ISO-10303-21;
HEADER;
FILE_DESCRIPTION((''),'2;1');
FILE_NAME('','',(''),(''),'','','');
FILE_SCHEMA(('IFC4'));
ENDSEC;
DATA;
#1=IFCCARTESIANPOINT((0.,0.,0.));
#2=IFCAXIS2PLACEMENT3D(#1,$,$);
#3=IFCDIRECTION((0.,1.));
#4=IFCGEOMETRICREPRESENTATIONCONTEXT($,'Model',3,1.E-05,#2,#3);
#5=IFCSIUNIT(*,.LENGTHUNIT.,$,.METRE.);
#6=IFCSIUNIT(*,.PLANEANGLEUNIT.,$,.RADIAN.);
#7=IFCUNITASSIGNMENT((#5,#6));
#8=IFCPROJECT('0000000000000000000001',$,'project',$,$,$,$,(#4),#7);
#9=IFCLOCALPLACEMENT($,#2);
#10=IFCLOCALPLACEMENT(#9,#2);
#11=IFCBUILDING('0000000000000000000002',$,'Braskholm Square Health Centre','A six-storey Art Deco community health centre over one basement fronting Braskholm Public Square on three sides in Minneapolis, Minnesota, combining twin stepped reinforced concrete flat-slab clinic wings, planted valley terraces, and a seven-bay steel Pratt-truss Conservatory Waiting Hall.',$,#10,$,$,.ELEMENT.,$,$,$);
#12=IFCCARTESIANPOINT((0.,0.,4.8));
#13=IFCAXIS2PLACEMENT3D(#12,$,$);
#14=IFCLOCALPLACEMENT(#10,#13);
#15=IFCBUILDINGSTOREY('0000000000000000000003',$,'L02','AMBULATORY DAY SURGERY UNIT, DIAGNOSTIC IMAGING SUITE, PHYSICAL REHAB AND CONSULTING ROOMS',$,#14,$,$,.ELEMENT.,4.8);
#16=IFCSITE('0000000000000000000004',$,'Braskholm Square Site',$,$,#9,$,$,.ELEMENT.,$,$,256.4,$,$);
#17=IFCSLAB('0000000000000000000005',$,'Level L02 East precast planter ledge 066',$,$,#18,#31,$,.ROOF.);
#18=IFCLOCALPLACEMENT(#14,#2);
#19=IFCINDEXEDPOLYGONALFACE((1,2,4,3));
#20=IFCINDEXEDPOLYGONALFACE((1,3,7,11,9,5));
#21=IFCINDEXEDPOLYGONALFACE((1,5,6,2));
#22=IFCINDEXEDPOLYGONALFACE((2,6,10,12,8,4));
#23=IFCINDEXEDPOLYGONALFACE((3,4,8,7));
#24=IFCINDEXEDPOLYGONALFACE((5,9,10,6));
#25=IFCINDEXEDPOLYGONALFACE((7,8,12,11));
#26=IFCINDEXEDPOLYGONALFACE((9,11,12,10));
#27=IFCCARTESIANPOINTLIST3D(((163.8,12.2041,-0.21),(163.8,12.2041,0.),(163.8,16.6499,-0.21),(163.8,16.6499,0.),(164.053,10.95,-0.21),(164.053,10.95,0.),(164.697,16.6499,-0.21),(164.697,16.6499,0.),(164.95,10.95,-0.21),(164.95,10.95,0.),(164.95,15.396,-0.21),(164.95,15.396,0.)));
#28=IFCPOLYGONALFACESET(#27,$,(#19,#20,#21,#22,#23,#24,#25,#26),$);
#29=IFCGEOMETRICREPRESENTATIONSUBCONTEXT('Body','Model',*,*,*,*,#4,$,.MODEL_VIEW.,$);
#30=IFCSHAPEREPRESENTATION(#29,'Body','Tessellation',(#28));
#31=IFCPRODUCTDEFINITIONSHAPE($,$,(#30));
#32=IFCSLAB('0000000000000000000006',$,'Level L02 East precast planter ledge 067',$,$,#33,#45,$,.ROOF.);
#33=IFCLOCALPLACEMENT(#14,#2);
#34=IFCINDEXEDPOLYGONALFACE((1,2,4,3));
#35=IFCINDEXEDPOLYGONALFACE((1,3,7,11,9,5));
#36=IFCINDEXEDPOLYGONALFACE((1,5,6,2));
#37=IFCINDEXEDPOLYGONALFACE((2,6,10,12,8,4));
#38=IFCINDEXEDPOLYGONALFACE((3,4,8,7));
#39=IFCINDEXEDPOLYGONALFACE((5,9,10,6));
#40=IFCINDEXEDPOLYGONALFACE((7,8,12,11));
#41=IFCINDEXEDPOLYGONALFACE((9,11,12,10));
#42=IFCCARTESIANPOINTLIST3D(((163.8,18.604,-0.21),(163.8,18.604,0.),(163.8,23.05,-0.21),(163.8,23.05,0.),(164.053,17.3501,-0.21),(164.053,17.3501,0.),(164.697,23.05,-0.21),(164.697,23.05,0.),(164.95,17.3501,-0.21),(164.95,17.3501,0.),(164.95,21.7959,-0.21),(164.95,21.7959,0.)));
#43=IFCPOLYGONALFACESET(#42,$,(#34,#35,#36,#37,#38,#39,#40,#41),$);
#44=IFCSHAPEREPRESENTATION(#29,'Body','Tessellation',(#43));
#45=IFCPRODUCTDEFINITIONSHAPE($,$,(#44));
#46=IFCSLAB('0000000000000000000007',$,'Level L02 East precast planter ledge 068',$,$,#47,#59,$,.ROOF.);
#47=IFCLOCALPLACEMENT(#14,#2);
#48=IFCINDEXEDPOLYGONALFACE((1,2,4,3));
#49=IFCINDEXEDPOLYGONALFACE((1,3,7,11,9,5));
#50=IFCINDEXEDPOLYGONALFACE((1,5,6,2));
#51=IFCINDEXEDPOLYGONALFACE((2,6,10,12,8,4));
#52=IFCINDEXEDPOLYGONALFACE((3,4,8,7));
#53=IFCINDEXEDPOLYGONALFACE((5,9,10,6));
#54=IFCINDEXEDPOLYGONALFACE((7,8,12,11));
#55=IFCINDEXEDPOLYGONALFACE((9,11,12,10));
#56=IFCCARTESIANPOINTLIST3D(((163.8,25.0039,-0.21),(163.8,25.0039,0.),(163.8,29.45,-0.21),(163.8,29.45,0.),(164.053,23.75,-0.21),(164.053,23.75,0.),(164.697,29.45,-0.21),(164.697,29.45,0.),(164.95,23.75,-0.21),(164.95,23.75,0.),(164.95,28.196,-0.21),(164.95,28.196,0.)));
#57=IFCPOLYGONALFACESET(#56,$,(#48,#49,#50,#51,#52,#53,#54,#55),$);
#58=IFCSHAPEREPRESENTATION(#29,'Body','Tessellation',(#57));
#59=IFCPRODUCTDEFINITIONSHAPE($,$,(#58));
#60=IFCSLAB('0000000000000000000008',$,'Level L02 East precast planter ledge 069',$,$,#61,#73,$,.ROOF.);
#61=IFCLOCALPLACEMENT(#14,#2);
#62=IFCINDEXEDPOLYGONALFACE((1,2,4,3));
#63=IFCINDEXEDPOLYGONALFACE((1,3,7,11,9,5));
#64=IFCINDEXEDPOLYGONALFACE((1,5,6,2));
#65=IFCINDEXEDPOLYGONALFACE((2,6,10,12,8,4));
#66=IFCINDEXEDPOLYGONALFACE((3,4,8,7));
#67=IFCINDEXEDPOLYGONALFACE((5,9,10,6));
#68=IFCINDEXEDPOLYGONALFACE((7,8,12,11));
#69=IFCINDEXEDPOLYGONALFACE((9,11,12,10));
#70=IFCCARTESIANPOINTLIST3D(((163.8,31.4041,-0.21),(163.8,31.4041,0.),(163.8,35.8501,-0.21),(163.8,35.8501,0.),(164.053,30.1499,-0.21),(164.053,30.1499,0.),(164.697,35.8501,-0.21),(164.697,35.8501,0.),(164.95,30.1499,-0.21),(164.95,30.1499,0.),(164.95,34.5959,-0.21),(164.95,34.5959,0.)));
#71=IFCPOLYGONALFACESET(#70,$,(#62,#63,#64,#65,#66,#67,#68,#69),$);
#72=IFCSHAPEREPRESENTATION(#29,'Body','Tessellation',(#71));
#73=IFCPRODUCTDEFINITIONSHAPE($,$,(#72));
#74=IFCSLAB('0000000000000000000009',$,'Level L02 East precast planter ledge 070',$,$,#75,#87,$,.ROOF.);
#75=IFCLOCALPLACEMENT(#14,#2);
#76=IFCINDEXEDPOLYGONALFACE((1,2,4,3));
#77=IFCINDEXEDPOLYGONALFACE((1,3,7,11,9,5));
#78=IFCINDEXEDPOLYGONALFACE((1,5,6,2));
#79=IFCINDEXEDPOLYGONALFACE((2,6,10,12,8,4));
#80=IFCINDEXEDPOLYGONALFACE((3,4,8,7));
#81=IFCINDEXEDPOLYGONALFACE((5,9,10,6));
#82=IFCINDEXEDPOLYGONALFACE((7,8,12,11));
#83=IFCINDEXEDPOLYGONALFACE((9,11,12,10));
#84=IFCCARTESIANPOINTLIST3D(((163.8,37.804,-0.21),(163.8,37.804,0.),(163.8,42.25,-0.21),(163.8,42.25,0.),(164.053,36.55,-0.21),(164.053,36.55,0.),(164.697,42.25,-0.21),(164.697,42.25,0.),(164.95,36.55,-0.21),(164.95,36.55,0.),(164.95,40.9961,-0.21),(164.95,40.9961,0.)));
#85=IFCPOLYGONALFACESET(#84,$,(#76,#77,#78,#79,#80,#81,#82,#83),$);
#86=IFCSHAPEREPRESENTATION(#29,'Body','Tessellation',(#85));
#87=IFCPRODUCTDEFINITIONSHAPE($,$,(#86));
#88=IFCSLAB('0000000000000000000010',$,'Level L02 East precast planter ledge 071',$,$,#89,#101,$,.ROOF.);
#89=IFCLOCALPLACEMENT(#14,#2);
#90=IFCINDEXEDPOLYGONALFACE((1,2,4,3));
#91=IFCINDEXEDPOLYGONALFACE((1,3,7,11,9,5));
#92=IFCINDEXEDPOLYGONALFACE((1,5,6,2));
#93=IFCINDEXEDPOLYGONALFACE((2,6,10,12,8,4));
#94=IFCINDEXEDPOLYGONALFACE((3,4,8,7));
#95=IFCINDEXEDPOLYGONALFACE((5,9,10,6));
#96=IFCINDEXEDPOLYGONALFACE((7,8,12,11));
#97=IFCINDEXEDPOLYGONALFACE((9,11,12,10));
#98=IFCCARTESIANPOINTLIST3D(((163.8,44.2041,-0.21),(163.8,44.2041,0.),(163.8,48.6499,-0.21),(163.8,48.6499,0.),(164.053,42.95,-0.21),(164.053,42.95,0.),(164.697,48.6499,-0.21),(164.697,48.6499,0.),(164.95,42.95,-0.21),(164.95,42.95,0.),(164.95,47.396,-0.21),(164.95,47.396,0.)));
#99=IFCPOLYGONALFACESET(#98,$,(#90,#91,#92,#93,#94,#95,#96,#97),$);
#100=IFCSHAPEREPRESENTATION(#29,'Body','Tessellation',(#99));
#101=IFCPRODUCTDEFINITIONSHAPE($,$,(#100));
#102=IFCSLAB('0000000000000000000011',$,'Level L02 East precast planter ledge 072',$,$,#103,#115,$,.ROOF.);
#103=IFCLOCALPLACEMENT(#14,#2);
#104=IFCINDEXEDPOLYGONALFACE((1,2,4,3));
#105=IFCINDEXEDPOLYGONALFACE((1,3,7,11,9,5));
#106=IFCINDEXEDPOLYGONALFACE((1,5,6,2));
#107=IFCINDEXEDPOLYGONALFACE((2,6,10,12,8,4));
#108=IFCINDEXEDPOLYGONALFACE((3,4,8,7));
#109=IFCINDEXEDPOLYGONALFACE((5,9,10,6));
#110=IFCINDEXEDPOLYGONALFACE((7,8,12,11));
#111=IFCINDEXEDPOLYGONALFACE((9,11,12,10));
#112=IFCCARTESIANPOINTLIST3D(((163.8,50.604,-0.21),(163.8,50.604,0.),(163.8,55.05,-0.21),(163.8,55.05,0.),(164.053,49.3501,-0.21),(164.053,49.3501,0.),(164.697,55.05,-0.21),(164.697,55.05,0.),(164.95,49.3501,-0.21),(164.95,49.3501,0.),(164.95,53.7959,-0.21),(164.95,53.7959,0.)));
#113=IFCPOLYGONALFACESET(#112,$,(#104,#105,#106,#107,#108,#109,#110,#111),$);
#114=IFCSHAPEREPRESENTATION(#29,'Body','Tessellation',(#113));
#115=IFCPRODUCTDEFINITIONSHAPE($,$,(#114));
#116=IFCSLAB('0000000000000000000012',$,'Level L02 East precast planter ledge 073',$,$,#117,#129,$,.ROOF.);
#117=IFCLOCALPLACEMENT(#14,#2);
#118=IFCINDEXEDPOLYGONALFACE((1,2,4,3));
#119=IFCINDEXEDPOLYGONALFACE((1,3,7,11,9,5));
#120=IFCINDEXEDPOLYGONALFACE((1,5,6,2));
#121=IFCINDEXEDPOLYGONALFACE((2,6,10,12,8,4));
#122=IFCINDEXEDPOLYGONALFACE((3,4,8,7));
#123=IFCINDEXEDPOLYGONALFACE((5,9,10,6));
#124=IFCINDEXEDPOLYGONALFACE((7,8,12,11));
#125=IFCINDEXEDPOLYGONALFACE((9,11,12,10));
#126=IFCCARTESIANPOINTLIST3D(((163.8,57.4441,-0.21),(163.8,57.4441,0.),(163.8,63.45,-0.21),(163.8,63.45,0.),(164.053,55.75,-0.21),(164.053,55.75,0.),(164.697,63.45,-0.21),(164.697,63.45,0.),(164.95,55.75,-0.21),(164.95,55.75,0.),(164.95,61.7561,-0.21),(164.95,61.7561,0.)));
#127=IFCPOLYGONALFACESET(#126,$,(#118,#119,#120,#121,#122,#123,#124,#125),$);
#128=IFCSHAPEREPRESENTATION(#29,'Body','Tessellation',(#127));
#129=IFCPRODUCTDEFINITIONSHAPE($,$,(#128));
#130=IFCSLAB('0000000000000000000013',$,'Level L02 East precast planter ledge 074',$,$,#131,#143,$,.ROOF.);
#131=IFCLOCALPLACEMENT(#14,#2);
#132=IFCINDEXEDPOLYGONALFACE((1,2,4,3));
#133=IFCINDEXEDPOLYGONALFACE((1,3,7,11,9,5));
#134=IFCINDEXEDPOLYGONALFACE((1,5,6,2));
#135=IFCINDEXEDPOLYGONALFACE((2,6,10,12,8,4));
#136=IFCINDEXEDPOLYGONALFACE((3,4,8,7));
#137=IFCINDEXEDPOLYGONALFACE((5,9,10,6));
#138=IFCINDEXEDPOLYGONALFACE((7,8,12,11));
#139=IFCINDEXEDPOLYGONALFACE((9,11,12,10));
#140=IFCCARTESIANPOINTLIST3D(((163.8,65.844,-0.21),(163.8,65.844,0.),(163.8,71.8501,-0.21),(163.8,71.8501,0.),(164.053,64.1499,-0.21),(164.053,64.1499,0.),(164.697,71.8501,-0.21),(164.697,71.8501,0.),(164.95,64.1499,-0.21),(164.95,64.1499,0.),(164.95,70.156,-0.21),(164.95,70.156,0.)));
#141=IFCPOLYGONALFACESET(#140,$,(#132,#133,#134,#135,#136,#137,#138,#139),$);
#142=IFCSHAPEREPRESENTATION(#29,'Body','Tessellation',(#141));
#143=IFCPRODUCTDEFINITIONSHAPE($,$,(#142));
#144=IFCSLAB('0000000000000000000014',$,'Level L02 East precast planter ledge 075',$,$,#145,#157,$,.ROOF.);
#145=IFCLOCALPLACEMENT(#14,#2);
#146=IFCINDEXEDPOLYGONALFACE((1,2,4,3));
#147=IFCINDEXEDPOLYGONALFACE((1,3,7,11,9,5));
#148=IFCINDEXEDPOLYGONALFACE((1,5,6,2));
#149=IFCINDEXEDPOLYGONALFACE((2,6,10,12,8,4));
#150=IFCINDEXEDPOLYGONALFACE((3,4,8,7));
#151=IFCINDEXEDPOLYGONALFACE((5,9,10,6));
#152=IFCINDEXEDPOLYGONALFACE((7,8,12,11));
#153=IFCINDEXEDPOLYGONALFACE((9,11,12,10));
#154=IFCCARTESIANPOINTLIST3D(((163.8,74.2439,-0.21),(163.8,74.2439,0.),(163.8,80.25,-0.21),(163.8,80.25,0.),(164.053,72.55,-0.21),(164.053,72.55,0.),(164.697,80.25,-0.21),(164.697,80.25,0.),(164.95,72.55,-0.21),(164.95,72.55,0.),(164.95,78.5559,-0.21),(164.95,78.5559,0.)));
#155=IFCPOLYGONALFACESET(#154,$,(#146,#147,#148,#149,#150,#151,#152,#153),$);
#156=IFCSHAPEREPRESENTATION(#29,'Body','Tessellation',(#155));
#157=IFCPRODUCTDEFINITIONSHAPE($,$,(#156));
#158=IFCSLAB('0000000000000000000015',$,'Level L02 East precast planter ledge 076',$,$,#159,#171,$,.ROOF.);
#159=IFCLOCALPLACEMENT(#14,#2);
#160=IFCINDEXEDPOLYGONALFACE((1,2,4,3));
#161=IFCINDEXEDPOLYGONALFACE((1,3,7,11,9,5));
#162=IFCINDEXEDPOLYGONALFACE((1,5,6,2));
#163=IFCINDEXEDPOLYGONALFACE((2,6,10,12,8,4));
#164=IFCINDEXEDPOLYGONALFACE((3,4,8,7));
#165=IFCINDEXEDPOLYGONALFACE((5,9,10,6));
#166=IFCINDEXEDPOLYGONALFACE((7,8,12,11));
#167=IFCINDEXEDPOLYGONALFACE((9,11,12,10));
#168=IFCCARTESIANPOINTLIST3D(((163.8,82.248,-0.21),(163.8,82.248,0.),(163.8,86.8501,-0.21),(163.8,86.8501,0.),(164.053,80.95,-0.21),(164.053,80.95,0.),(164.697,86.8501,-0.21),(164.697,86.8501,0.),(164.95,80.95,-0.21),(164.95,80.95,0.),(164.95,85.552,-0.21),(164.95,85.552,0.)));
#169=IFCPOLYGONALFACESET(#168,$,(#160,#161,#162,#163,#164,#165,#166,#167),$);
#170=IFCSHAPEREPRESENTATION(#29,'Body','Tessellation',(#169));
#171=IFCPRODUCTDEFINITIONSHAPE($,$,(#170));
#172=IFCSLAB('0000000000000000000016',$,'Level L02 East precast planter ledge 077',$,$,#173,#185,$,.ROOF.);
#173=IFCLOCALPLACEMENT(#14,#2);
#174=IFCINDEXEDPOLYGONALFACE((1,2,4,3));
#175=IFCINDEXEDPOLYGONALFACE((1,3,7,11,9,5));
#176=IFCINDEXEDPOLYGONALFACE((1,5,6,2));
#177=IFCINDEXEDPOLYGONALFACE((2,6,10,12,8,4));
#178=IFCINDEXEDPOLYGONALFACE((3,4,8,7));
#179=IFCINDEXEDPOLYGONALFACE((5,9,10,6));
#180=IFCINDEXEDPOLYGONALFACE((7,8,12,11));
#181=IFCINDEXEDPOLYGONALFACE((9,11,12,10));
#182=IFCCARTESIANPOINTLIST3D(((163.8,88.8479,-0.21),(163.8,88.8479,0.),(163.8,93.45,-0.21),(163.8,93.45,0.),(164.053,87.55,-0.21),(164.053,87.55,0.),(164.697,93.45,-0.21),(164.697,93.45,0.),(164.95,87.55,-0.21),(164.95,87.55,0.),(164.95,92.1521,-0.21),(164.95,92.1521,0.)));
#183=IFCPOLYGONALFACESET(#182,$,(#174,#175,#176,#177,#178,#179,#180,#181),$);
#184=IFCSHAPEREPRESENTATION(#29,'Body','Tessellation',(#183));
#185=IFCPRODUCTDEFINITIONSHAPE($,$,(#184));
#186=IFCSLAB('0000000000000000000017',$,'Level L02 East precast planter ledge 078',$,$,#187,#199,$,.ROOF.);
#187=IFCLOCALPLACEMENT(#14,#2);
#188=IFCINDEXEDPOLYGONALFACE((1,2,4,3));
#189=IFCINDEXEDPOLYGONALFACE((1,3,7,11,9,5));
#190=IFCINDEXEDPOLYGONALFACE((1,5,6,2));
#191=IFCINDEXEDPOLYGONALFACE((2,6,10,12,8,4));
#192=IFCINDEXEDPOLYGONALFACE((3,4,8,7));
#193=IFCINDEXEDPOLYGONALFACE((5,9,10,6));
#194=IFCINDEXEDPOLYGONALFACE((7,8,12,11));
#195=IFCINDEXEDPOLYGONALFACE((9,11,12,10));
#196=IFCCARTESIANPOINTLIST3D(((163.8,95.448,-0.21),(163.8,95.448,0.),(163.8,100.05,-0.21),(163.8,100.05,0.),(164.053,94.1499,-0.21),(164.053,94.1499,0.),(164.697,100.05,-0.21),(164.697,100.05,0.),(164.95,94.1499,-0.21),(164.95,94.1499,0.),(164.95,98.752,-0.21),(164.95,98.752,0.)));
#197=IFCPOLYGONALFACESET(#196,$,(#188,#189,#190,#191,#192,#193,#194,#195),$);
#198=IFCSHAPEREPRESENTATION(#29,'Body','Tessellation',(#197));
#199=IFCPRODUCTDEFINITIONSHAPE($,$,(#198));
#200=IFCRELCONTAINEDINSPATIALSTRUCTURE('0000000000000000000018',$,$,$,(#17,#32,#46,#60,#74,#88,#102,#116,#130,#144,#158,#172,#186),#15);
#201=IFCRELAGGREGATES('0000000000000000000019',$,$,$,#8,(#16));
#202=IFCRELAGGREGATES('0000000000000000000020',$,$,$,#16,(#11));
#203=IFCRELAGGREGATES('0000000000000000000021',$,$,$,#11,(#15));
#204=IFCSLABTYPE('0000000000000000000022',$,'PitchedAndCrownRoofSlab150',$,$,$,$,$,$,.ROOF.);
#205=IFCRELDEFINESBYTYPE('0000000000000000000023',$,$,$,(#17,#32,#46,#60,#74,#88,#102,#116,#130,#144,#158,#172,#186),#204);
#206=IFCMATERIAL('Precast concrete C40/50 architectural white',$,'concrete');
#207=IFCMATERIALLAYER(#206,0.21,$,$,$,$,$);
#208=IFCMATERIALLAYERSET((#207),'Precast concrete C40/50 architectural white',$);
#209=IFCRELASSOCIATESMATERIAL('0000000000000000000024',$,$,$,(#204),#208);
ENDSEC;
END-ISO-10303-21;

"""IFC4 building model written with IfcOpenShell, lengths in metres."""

from ifc_helpers import new_model, si_unit, direction, frame, origin, place, context, subcontext, project, spatial, polyline, outline, extrude, material, layer, layer_set, type_object, element, save


model = new_model("IFC4")

# Units and contexts
model_context = context("Model", 3, precision=1e-05, world=origin(), true_north=direction((0.0, 1.0)))
body_context = subcontext(model_context, "Body", "Model", "MODEL_VIEW")
ifc_project = project(units=[si_unit("LENGTHUNIT", "METRE"), si_unit("PLANEANGLEUNIT", "RADIAN")], contexts=[model_context])

# Site, building, storey
site_placement = place(None, origin())
site = spatial("IfcSite", under=ifc_project, at=site_placement, Name="Braskholm Square Site", CompositionType="ELEMENT", RefElevation=256.4)
building_placement = place(site_placement, origin())
building = spatial("IfcBuilding", under=site, at=building_placement, Name="Braskholm Square Health Centre", Description="A six-storey Art Deco community health centre over one basement fronting Braskholm Public Square on three sides in Minneapolis, Minnesota, combining twin stepped reinforced concrete flat-slab clinic wings, planted valley terraces, and a seven-bay steel Pratt-truss Conservatory Waiting Hall.", CompositionType="ELEMENT")
storey_placement = place(building_placement, frame((0.0, 0.0, 4.8)))
storey = spatial("IfcBuildingStorey", under=building, at=storey_placement, Name="L02", Description="AMBULATORY DAY SURGERY UNIT, DIAGNOSTIC IMAGING SUITE, PHYSICAL REHAB AND CONSULTING ROOMS", CompositionType="ELEMENT", Elevation=4.8)

# Slabs
ifc_material_1 = material(Name="Precast concrete C40/50 architectural white", Category="concrete")
ifc_layer_1 = layer(ifc_material_1, 0.21)
ifc_layer_set_1 = layer_set([ifc_layer_1], Name="Precast concrete C40/50 architectural white")
slab_type_1 = type_object("IfcSlabType", Name="PitchedAndCrownRoofSlab150", PredefinedType="ROOF", material=ifc_layer_set_1)
slab_1_placement = place(storey_placement, frame((0.0, 0.0, -0.21)))
element("IfcSlab", 1, at=slab_1_placement, inside=storey, type_object=slab_type_1, Name="Level L02 East precast planter ledge 066", PredefinedType="ROOF", context=body_context, shape_type="SweptSolid", body=[
    extrude(outline(polyline([(164.053, 10.95), (164.95, 10.95), (164.95, 15.396), (164.697, 16.6499), (163.8, 16.6499), (163.8, 12.2041), (164.053, 10.95)])), origin(), (0.0, 0.0, 1.0), 0.21),
])
slab_2_placement = place(storey_placement, frame((0.0, 0.0, -0.21)))
element("IfcSlab", 2, at=slab_2_placement, inside=storey, type_object=slab_type_1, Name="Level L02 East precast planter ledge 067", PredefinedType="ROOF", context=body_context, shape_type="SweptSolid", body=[
    extrude(outline(polyline([(164.053, 17.3501), (164.95, 17.3501), (164.95, 21.7959), (164.697, 23.05), (163.8, 23.05), (163.8, 18.604), (164.053, 17.3501)])), origin(), (0.0, 0.0, 1.0), 0.21),
])
slab_3_placement = place(storey_placement, frame((0.0, 0.0, -0.21)))
element("IfcSlab", 3, at=slab_3_placement, inside=storey, type_object=slab_type_1, Name="Level L02 East precast planter ledge 068", PredefinedType="ROOF", context=body_context, shape_type="SweptSolid", body=[
    extrude(outline(polyline([(164.053, 23.75), (164.95, 23.75), (164.95, 28.196), (164.697, 29.45), (163.8, 29.45), (163.8, 25.0039), (164.053, 23.75)])), origin(), (0.0, 0.0, 1.0), 0.21),
])
slab_4_placement = place(storey_placement, frame((0.0, 0.0, -0.21)))
element("IfcSlab", 4, at=slab_4_placement, inside=storey, type_object=slab_type_1, Name="Level L02 East precast planter ledge 069", PredefinedType="ROOF", context=body_context, shape_type="SweptSolid", body=[
    extrude(outline(polyline([(164.053, 30.1499), (164.95, 30.1499), (164.95, 34.5959), (164.697, 35.8501), (163.8, 35.8501), (163.8, 31.4041), (164.053, 30.1499)])), origin(), (0.0, 0.0, 1.0), 0.21),
])
slab_5_placement = place(storey_placement, frame((0.0, 0.0, -0.21)))
element("IfcSlab", 5, at=slab_5_placement, inside=storey, type_object=slab_type_1, Name="Level L02 East precast planter ledge 070", PredefinedType="ROOF", context=body_context, shape_type="SweptSolid", body=[
    extrude(outline(polyline([(164.053, 36.55), (164.95, 36.55), (164.95, 40.9961), (164.697, 42.25), (163.8, 42.25), (163.8, 37.804), (164.053, 36.55)])), origin(), (0.0, 0.0, 1.0), 0.21),
])
slab_6_placement = place(storey_placement, frame((0.0, 0.0, -0.21)))
element("IfcSlab", 6, at=slab_6_placement, inside=storey, type_object=slab_type_1, Name="Level L02 East precast planter ledge 071", PredefinedType="ROOF", context=body_context, shape_type="SweptSolid", body=[
    extrude(outline(polyline([(164.053, 42.95), (164.95, 42.95), (164.95, 47.396), (164.697, 48.6499), (163.8, 48.6499), (163.8, 44.2041), (164.053, 42.95)])), origin(), (0.0, 0.0, 1.0), 0.21),
])
slab_7_placement = place(storey_placement, frame((0.0, 0.0, -0.21)))
element("IfcSlab", 7, at=slab_7_placement, inside=storey, type_object=slab_type_1, Name="Level L02 East precast planter ledge 072", PredefinedType="ROOF", context=body_context, shape_type="SweptSolid", body=[
    extrude(outline(polyline([(164.053, 49.3501), (164.95, 49.3501), (164.95, 53.7959), (164.697, 55.05), (163.8, 55.05), (163.8, 50.604), (164.053, 49.3501)])), origin(), (0.0, 0.0, 1.0), 0.21),
])
slab_8_placement = place(storey_placement, frame((0.0, 0.0, -0.21)))
element("IfcSlab", 8, at=slab_8_placement, inside=storey, type_object=slab_type_1, Name="Level L02 East precast planter ledge 073", PredefinedType="ROOF", context=body_context, shape_type="SweptSolid", body=[
    extrude(outline(polyline([(164.053, 55.75), (164.95, 55.75), (164.95, 61.7561), (164.697, 63.45), (163.8, 63.45), (163.8, 57.4441), (164.053, 55.75)])), origin(), (0.0, 0.0, 1.0), 0.21),
])
slab_9_placement = place(storey_placement, frame((0.0, 0.0, -0.21)))
element("IfcSlab", 9, at=slab_9_placement, inside=storey, type_object=slab_type_1, Name="Level L02 East precast planter ledge 074", PredefinedType="ROOF", context=body_context, shape_type="SweptSolid", body=[
    extrude(outline(polyline([(164.053, 64.1499), (164.95, 64.1499), (164.95, 70.156), (164.697, 71.8501), (163.8, 71.8501), (163.8, 65.844), (164.053, 64.1499)])), origin(), (0.0, 0.0, 1.0), 0.21),
])
slab_10_placement = place(storey_placement, frame((0.0, 0.0, -0.21)))
element("IfcSlab", 10, at=slab_10_placement, inside=storey, type_object=slab_type_1, Name="Level L02 East precast planter ledge 075", PredefinedType="ROOF", context=body_context, shape_type="SweptSolid", body=[
    extrude(outline(polyline([(164.053, 72.55), (164.95, 72.55), (164.95, 78.5559), (164.697, 80.25), (163.8, 80.25), (163.8, 74.2439), (164.053, 72.55)])), origin(), (0.0, 0.0, 1.0), 0.21),
])
slab_11_placement = place(storey_placement, frame((0.0, 0.0, -0.21)))
element("IfcSlab", 11, at=slab_11_placement, inside=storey, type_object=slab_type_1, Name="Level L02 East precast planter ledge 076", PredefinedType="ROOF", context=body_context, shape_type="SweptSolid", body=[
    extrude(outline(polyline([(164.053, 80.95), (164.95, 80.95), (164.95, 85.552), (164.697, 86.8501), (163.8, 86.8501), (163.8, 82.248), (164.053, 80.95)])), origin(), (0.0, 0.0, 1.0), 0.21),
])
slab_12_placement = place(storey_placement, frame((0.0, 0.0, -0.21)))
element("IfcSlab", 12, at=slab_12_placement, inside=storey, type_object=slab_type_1, Name="Level L02 East precast planter ledge 077", PredefinedType="ROOF", context=body_context, shape_type="SweptSolid", body=[
    extrude(outline(polyline([(164.053, 87.55), (164.95, 87.55), (164.95, 92.1521), (164.697, 93.45), (163.8, 93.45), (163.8, 88.8479), (164.053, 87.55)])), origin(), (0.0, 0.0, 1.0), 0.21),
])
slab_13_placement = place(storey_placement, frame((0.0, 0.0, -0.21)))
element("IfcSlab", 13, at=slab_13_placement, inside=storey, type_object=slab_type_1, Name="Level L02 East precast planter ledge 078", PredefinedType="ROOF", context=body_context, shape_type="SweptSolid", body=[
    extrude(outline(polyline([(164.053, 94.1499), (164.95, 94.1499), (164.95, 98.752), (164.697, 100.05), (163.8, 100.05), (163.8, 95.448), (164.053, 94.1499)])), origin(), (0.0, 0.0, 1.0), 0.21),
])

save(model, "model.ifc")
